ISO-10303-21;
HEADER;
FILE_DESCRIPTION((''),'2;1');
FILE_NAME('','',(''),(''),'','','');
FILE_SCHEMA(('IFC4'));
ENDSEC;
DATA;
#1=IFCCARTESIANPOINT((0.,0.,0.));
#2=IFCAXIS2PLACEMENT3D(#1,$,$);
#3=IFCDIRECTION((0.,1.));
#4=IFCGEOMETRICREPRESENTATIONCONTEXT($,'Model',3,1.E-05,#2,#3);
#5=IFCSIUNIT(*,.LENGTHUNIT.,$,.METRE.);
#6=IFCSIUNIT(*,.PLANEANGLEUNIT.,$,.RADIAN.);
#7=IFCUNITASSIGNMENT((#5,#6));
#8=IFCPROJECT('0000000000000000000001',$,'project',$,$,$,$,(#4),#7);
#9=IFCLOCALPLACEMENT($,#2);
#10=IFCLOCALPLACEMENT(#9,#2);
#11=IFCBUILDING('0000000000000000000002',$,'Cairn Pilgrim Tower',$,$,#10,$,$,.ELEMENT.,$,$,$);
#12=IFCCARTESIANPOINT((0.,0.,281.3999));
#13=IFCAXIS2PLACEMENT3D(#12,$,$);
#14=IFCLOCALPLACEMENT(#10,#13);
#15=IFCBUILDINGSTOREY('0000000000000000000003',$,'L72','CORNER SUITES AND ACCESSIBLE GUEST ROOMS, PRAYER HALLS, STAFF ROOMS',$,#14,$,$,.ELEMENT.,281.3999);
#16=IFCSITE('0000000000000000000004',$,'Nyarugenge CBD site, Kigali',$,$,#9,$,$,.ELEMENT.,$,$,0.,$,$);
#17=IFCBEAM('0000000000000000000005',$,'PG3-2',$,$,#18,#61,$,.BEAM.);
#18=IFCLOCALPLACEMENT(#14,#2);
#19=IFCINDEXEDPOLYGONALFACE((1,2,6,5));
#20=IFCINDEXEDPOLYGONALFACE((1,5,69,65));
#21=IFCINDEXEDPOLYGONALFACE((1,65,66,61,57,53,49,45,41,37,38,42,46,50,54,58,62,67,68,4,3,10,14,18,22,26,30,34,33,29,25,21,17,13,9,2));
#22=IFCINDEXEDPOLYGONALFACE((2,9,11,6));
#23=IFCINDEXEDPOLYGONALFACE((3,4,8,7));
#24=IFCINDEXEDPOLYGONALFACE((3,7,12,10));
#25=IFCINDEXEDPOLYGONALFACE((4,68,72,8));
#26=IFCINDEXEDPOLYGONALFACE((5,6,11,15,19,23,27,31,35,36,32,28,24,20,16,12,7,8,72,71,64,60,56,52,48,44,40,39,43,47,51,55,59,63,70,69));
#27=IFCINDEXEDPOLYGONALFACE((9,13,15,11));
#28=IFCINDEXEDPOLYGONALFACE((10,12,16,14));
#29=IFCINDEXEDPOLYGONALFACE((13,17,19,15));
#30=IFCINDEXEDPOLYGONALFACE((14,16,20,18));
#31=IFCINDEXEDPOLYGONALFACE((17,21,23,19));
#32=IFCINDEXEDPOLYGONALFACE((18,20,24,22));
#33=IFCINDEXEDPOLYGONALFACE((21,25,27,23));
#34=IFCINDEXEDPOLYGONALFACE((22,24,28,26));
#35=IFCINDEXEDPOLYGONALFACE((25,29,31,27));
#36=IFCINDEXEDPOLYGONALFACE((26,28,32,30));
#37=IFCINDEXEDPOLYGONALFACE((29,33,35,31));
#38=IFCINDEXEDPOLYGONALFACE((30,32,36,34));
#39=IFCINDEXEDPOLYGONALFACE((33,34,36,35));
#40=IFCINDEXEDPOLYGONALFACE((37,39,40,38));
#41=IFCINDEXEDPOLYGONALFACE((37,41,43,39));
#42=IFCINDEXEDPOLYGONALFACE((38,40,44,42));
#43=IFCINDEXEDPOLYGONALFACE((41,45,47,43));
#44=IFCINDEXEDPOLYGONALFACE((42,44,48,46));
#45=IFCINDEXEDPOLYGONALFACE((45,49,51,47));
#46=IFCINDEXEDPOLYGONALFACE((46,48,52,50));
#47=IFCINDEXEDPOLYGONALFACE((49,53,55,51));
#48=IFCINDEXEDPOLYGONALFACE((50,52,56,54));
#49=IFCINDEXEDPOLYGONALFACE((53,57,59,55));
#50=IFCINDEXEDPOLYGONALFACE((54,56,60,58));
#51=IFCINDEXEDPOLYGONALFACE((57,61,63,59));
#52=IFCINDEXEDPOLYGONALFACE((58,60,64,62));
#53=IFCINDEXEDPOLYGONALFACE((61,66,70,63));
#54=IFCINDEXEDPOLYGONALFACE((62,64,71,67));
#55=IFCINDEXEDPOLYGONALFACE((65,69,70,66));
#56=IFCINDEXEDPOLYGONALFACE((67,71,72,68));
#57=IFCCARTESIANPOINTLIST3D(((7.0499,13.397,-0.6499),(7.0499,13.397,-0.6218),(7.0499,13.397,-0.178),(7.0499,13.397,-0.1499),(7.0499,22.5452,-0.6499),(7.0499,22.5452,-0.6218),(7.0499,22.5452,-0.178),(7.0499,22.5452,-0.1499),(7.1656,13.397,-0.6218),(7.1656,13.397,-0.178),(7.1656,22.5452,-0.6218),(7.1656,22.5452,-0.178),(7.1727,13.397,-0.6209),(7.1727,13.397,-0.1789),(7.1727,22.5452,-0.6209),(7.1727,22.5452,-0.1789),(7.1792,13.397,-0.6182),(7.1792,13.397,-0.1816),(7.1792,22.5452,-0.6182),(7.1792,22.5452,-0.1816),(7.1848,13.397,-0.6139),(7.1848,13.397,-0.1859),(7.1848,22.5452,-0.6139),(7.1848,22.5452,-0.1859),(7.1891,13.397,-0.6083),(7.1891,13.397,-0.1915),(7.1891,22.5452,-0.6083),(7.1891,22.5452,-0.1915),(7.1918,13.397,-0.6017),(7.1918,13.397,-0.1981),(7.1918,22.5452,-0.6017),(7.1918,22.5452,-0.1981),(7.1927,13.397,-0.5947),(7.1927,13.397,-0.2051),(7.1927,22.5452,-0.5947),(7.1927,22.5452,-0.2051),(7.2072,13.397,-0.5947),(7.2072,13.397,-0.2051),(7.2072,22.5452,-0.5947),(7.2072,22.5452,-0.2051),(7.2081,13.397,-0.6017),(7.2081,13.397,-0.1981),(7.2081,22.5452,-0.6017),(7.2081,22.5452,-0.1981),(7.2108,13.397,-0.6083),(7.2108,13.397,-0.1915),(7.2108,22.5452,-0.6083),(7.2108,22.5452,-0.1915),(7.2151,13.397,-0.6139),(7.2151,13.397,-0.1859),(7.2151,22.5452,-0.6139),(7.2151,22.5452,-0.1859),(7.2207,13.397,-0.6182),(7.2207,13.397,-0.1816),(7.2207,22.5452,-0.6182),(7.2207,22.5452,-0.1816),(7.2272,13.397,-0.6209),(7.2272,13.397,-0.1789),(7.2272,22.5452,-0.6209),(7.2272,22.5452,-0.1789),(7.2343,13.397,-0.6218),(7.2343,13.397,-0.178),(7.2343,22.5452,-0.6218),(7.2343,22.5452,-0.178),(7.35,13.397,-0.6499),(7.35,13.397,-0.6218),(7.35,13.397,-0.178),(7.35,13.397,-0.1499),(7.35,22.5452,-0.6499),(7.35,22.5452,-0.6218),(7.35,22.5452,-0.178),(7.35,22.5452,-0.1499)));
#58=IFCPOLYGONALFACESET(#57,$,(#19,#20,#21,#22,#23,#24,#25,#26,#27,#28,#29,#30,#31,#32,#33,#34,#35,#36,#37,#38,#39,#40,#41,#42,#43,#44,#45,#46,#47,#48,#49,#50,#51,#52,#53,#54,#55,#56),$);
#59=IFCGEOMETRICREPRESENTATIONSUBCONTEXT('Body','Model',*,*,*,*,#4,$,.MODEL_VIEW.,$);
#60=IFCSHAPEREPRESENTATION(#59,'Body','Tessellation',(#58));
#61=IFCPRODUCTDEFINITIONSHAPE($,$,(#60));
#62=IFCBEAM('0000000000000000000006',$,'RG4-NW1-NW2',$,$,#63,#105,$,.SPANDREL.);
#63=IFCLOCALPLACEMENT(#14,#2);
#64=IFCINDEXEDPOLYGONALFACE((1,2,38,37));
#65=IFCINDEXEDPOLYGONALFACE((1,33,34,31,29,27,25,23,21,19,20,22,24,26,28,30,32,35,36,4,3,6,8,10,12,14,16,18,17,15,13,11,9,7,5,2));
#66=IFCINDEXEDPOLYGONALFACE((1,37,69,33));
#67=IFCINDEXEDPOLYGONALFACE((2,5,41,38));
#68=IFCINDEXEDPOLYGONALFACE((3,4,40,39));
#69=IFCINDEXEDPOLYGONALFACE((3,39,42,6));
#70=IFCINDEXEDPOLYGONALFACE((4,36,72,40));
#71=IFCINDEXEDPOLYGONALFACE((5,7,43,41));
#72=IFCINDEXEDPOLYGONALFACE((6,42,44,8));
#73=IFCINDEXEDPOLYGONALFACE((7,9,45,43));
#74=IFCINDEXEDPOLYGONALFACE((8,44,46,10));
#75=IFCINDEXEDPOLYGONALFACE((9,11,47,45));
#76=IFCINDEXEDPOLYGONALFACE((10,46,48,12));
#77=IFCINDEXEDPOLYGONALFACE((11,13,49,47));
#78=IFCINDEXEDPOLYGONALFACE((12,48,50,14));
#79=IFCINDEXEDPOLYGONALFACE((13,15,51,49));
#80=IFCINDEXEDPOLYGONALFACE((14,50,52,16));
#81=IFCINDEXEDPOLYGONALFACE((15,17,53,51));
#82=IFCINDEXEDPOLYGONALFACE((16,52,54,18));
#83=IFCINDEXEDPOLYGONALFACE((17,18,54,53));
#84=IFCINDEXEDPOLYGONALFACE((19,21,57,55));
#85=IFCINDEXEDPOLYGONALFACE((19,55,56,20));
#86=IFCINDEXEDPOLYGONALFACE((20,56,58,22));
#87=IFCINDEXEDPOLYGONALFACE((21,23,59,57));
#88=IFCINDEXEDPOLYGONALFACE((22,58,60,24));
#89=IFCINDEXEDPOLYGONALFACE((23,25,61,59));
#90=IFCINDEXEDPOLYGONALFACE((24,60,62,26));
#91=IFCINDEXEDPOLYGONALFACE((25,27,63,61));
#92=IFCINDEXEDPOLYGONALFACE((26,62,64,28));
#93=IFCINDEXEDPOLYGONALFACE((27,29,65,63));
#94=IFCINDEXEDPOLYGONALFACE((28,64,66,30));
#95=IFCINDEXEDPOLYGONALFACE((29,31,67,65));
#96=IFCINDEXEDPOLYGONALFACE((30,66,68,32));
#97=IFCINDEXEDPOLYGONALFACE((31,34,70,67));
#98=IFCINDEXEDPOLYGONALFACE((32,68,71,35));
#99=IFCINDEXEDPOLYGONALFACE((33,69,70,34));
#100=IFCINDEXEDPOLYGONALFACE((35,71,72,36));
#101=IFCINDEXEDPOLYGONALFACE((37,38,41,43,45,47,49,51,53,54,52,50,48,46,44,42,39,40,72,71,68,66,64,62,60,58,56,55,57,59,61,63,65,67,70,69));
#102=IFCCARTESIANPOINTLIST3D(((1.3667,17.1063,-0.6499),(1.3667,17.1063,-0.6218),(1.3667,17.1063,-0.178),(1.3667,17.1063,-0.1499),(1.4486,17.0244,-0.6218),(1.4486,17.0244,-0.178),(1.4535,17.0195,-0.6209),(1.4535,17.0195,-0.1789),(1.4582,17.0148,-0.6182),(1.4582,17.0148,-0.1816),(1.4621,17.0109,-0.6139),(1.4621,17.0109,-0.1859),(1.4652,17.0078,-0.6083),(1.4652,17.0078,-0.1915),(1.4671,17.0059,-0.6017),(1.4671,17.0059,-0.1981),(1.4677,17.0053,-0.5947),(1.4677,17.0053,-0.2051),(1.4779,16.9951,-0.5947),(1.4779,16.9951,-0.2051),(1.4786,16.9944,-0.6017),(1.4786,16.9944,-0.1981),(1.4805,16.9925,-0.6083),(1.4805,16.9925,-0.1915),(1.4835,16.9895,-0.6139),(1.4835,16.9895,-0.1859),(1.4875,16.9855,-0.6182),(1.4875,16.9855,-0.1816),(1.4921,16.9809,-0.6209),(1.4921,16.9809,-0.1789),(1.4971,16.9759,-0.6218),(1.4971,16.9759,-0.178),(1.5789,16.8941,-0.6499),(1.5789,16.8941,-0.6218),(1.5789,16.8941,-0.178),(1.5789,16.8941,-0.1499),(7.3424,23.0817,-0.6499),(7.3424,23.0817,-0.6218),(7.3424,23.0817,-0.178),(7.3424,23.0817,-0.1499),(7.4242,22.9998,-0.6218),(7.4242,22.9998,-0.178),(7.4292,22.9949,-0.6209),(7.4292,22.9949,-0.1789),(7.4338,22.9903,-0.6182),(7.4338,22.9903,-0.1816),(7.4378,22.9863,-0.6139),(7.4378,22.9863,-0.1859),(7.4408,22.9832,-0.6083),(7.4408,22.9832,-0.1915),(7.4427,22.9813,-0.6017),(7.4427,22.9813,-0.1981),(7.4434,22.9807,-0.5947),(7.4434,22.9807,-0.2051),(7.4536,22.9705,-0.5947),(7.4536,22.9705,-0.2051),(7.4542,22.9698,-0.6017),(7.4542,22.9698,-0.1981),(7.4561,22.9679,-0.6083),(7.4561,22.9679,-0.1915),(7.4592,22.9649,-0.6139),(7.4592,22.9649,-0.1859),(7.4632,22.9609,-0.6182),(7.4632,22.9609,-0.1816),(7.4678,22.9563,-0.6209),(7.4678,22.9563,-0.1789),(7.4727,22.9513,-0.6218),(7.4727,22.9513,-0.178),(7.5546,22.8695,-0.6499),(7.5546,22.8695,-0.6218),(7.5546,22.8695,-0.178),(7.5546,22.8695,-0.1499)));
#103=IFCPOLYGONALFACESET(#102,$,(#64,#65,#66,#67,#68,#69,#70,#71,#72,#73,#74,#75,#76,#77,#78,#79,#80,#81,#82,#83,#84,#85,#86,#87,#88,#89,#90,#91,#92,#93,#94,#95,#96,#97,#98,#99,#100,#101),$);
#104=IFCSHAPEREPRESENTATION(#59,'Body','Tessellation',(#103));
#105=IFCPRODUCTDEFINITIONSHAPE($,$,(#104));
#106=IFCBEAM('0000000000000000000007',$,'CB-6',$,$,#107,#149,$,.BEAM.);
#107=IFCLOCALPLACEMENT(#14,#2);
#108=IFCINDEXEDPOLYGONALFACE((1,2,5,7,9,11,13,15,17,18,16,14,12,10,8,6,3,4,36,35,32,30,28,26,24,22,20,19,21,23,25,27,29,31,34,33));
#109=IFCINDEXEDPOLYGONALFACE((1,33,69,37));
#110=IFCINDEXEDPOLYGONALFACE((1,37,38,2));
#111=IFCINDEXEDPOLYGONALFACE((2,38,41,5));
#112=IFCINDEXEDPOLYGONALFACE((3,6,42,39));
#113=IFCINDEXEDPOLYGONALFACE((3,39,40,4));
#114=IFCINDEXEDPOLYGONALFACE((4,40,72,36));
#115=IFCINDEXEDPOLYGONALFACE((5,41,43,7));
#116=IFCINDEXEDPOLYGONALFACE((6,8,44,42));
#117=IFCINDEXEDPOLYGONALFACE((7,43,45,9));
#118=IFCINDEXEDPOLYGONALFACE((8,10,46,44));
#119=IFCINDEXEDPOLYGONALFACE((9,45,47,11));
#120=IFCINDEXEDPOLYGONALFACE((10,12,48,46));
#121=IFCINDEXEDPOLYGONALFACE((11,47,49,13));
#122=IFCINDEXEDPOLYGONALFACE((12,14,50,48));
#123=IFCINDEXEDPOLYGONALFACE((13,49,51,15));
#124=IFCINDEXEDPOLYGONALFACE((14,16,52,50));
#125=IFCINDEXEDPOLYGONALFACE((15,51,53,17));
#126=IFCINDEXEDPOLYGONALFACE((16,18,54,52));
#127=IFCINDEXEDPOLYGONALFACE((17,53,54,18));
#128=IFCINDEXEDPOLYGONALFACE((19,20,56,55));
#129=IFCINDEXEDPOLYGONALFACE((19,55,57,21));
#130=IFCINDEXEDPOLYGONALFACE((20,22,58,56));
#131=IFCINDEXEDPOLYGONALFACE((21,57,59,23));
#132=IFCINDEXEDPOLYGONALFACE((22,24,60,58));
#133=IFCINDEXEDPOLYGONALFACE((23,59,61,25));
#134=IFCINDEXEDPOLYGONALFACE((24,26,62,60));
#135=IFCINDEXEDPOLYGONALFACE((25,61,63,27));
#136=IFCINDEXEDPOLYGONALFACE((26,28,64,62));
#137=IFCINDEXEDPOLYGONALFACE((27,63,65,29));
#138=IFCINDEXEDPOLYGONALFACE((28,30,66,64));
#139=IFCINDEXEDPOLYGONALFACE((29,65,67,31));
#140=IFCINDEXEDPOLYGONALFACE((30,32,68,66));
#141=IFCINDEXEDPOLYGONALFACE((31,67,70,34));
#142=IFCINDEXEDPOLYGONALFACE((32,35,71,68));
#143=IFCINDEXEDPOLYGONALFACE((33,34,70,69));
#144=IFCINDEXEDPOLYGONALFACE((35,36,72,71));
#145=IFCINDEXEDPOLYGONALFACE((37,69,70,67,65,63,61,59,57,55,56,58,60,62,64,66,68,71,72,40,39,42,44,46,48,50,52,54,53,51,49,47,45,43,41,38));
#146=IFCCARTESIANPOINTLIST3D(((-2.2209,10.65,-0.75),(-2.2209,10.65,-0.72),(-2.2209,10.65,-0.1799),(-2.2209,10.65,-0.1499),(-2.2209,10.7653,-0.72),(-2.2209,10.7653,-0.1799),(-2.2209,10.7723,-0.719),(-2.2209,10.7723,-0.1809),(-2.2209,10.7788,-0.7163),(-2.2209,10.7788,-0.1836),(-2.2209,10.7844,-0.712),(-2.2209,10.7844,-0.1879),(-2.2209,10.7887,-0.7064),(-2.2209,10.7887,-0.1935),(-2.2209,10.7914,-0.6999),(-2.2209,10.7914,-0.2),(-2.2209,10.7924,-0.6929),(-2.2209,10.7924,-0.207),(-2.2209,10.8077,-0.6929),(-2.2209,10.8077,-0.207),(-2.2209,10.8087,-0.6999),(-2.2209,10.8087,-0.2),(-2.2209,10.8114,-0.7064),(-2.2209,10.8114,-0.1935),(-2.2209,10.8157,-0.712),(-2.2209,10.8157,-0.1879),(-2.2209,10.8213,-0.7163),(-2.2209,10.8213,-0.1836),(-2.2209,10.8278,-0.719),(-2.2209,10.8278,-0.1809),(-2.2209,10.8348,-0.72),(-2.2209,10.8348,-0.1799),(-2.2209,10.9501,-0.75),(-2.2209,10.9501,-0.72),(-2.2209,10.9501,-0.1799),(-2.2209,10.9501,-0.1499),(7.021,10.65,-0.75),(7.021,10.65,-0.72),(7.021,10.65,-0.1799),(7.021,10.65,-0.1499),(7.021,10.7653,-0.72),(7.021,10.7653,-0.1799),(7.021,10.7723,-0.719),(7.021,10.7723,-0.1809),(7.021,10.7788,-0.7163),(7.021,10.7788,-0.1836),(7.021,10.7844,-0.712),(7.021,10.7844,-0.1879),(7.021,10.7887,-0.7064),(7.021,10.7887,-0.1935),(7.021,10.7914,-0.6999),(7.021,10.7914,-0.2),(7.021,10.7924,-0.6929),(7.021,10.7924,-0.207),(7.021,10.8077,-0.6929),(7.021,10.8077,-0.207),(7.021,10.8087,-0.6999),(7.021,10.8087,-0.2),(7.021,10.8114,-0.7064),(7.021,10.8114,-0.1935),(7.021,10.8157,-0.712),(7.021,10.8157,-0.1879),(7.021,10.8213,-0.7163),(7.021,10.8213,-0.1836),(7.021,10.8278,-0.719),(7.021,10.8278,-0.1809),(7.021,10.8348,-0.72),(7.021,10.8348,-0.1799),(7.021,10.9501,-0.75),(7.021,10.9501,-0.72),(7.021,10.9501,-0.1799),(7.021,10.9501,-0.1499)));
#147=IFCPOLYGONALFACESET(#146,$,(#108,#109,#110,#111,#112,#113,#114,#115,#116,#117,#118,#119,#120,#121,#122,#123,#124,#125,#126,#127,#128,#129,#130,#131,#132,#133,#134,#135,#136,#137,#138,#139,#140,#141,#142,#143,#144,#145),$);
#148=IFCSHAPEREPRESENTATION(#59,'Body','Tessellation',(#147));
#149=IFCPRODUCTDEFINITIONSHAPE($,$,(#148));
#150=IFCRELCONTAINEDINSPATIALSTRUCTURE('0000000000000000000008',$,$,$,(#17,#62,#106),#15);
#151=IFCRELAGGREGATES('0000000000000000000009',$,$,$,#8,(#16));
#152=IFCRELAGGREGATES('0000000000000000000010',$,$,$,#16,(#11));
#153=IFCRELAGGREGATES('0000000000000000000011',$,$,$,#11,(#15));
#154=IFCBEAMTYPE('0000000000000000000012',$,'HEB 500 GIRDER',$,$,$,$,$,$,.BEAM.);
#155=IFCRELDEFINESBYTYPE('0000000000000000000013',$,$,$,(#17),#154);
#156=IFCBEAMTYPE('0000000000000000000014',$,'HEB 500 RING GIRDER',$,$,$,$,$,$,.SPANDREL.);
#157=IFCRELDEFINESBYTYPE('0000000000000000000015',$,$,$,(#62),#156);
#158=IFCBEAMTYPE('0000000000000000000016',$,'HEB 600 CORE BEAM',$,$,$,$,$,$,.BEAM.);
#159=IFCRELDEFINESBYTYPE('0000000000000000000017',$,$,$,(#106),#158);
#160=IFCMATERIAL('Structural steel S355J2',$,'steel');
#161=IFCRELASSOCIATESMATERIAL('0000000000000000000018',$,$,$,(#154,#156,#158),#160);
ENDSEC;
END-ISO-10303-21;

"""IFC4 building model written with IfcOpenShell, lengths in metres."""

from ifc_helpers import new_model, si_unit, direction, frame, origin, origin_2d, place, context, subcontext, project, spatial, i_section, extrude, material, material_profile, profile_set, type_object, element, save


model = new_model("IFC4")

# Units and contexts
model_context = context("Model", 3, precision=1e-05, world=origin(), true_north=direction((0.0, 1.0)))
body_context = subcontext(model_context, "Body", "Model", "MODEL_VIEW")
ifc_project = project(units=[si_unit("LENGTHUNIT", "METRE"), si_unit("PLANEANGLEUNIT", "RADIAN")], contexts=[model_context])

# Site, building, storey
site_placement = place(None, origin())
site = spatial("IfcSite", under=ifc_project, at=site_placement, Name="Nyarugenge CBD site, Kigali", CompositionType="ELEMENT", RefElevation=0.0)
building_placement = place(site_placement, origin())
building = spatial("IfcBuilding", under=site, at=building_placement, Name="Cairn Pilgrim Tower", CompositionType="ELEMENT")
storey_placement = place(building_placement, frame((0.0, 0.0, 281.3999)))
storey = spatial("IfcBuildingStorey", under=building, at=storey_placement, Name="L72", Description="CORNER SUITES AND ACCESSIBLE GUEST ROOMS, PRAYER HALLS, STAFF ROOMS", CompositionType="ELEMENT", Elevation=281.3999)

# Shared definitions
ifc_material_1 = material(Name="Structural steel S355J2", Category="steel")

# Beams
ifc_material_profile_1 = material_profile(ifc_material_1, i_section(OverallWidth=0.3, OverallDepth=0.5, WebThickness=0.0144, FlangeThickness=0.0281, FilletRadius=0.0271, at=origin_2d()), Name="HEB 500")
ifc_profile_set_1 = profile_set([ifc_material_profile_1], Name="Structural steel S355J2")
beam_type_1 = type_object("IfcBeamType", Name="HEB 500 GIRDER", PredefinedType="BEAM", material=ifc_profile_set_1)
beam_1_placement = place(storey_placement, frame((7.2, 13.397, -0.3999), z_axis=(0.0, 1.0, 0.0), x_axis=(-1.0, 0.0, 0.0)))
element("IfcBeam", 1, at=beam_1_placement, inside=storey, type_object=beam_type_1, Name="PG3-2", PredefinedType="BEAM", context=body_context, shape_type="SweptSolid", body=[
    extrude(i_section(OverallWidth=0.3, OverallDepth=0.5, WebThickness=0.0144, FlangeThickness=0.0281, FilletRadius=0.0271, at=origin_2d()), origin(), (0.0, 0.0, 1.0), 9.1482),
])
ifc_material_profile_2 = material_profile(ifc_material_1, i_section(OverallWidth=0.3, OverallDepth=0.5, WebThickness=0.0144, FlangeThickness=0.0281, FilletRadius=0.0271, at=origin_2d()), Name="HEB 500")
ifc_profile_set_2 = profile_set([ifc_material_profile_2], Name="Structural steel S355J2")
beam_type_2 = type_object("IfcBeamType", Name="HEB 500 RING GIRDER", PredefinedType="SPANDREL", material=ifc_profile_set_2)
beam_2_placement = place(storey_placement, frame((7.4485, 22.9756, -0.3999), z_axis=(-0.707121, -0.707092, 0.0), x_axis=(0.707092, -0.707121, 0.0)))
element("IfcBeam", 2, at=beam_2_placement, inside=storey, type_object=beam_type_2, Name="RG4-NW1-NW2", PredefinedType="SPANDREL", context=body_context, shape_type="SweptSolid", body=[
    extrude(i_section(OverallWidth=0.3, OverallDepth=0.5, WebThickness=0.0144, FlangeThickness=0.0281, FilletRadius=0.0271, at=origin_2d()), origin(), (0.0, 0.0, 1.0), 8.4507),
])
ifc_material_profile_3 = material_profile(ifc_material_1, i_section(OverallWidth=0.3, OverallDepth=0.6001, WebThickness=0.0154, FlangeThickness=0.03, FilletRadius=0.0271, at=origin_2d()), Name="HEB 600")
ifc_profile_set_3 = profile_set([ifc_material_profile_3], Name="Structural steel S355J2")
beam_type_3 = type_object("IfcBeamType", Name="HEB 600 CORE BEAM", PredefinedType="BEAM", material=ifc_profile_set_3)
beam_3_placement = place(storey_placement, frame((7.021, 10.8, -0.45), z_axis=(-1.0, 0.0, 0.0), x_axis=(0.0, -1.0, 0.0)))
element("IfcBeam", 3, at=beam_3_placement, inside=storey, type_object=beam_type_3, Name="CB-6", PredefinedType="BEAM", context=body_context, shape_type="SweptSolid", body=[
    extrude(i_section(OverallWidth=0.3, OverallDepth=0.6001, WebThickness=0.0154, FlangeThickness=0.03, FilletRadius=0.0271, at=origin_2d()), origin(), (0.0, 0.0, 1.0), 9.2419),
])

save(model, "model.ifc")
